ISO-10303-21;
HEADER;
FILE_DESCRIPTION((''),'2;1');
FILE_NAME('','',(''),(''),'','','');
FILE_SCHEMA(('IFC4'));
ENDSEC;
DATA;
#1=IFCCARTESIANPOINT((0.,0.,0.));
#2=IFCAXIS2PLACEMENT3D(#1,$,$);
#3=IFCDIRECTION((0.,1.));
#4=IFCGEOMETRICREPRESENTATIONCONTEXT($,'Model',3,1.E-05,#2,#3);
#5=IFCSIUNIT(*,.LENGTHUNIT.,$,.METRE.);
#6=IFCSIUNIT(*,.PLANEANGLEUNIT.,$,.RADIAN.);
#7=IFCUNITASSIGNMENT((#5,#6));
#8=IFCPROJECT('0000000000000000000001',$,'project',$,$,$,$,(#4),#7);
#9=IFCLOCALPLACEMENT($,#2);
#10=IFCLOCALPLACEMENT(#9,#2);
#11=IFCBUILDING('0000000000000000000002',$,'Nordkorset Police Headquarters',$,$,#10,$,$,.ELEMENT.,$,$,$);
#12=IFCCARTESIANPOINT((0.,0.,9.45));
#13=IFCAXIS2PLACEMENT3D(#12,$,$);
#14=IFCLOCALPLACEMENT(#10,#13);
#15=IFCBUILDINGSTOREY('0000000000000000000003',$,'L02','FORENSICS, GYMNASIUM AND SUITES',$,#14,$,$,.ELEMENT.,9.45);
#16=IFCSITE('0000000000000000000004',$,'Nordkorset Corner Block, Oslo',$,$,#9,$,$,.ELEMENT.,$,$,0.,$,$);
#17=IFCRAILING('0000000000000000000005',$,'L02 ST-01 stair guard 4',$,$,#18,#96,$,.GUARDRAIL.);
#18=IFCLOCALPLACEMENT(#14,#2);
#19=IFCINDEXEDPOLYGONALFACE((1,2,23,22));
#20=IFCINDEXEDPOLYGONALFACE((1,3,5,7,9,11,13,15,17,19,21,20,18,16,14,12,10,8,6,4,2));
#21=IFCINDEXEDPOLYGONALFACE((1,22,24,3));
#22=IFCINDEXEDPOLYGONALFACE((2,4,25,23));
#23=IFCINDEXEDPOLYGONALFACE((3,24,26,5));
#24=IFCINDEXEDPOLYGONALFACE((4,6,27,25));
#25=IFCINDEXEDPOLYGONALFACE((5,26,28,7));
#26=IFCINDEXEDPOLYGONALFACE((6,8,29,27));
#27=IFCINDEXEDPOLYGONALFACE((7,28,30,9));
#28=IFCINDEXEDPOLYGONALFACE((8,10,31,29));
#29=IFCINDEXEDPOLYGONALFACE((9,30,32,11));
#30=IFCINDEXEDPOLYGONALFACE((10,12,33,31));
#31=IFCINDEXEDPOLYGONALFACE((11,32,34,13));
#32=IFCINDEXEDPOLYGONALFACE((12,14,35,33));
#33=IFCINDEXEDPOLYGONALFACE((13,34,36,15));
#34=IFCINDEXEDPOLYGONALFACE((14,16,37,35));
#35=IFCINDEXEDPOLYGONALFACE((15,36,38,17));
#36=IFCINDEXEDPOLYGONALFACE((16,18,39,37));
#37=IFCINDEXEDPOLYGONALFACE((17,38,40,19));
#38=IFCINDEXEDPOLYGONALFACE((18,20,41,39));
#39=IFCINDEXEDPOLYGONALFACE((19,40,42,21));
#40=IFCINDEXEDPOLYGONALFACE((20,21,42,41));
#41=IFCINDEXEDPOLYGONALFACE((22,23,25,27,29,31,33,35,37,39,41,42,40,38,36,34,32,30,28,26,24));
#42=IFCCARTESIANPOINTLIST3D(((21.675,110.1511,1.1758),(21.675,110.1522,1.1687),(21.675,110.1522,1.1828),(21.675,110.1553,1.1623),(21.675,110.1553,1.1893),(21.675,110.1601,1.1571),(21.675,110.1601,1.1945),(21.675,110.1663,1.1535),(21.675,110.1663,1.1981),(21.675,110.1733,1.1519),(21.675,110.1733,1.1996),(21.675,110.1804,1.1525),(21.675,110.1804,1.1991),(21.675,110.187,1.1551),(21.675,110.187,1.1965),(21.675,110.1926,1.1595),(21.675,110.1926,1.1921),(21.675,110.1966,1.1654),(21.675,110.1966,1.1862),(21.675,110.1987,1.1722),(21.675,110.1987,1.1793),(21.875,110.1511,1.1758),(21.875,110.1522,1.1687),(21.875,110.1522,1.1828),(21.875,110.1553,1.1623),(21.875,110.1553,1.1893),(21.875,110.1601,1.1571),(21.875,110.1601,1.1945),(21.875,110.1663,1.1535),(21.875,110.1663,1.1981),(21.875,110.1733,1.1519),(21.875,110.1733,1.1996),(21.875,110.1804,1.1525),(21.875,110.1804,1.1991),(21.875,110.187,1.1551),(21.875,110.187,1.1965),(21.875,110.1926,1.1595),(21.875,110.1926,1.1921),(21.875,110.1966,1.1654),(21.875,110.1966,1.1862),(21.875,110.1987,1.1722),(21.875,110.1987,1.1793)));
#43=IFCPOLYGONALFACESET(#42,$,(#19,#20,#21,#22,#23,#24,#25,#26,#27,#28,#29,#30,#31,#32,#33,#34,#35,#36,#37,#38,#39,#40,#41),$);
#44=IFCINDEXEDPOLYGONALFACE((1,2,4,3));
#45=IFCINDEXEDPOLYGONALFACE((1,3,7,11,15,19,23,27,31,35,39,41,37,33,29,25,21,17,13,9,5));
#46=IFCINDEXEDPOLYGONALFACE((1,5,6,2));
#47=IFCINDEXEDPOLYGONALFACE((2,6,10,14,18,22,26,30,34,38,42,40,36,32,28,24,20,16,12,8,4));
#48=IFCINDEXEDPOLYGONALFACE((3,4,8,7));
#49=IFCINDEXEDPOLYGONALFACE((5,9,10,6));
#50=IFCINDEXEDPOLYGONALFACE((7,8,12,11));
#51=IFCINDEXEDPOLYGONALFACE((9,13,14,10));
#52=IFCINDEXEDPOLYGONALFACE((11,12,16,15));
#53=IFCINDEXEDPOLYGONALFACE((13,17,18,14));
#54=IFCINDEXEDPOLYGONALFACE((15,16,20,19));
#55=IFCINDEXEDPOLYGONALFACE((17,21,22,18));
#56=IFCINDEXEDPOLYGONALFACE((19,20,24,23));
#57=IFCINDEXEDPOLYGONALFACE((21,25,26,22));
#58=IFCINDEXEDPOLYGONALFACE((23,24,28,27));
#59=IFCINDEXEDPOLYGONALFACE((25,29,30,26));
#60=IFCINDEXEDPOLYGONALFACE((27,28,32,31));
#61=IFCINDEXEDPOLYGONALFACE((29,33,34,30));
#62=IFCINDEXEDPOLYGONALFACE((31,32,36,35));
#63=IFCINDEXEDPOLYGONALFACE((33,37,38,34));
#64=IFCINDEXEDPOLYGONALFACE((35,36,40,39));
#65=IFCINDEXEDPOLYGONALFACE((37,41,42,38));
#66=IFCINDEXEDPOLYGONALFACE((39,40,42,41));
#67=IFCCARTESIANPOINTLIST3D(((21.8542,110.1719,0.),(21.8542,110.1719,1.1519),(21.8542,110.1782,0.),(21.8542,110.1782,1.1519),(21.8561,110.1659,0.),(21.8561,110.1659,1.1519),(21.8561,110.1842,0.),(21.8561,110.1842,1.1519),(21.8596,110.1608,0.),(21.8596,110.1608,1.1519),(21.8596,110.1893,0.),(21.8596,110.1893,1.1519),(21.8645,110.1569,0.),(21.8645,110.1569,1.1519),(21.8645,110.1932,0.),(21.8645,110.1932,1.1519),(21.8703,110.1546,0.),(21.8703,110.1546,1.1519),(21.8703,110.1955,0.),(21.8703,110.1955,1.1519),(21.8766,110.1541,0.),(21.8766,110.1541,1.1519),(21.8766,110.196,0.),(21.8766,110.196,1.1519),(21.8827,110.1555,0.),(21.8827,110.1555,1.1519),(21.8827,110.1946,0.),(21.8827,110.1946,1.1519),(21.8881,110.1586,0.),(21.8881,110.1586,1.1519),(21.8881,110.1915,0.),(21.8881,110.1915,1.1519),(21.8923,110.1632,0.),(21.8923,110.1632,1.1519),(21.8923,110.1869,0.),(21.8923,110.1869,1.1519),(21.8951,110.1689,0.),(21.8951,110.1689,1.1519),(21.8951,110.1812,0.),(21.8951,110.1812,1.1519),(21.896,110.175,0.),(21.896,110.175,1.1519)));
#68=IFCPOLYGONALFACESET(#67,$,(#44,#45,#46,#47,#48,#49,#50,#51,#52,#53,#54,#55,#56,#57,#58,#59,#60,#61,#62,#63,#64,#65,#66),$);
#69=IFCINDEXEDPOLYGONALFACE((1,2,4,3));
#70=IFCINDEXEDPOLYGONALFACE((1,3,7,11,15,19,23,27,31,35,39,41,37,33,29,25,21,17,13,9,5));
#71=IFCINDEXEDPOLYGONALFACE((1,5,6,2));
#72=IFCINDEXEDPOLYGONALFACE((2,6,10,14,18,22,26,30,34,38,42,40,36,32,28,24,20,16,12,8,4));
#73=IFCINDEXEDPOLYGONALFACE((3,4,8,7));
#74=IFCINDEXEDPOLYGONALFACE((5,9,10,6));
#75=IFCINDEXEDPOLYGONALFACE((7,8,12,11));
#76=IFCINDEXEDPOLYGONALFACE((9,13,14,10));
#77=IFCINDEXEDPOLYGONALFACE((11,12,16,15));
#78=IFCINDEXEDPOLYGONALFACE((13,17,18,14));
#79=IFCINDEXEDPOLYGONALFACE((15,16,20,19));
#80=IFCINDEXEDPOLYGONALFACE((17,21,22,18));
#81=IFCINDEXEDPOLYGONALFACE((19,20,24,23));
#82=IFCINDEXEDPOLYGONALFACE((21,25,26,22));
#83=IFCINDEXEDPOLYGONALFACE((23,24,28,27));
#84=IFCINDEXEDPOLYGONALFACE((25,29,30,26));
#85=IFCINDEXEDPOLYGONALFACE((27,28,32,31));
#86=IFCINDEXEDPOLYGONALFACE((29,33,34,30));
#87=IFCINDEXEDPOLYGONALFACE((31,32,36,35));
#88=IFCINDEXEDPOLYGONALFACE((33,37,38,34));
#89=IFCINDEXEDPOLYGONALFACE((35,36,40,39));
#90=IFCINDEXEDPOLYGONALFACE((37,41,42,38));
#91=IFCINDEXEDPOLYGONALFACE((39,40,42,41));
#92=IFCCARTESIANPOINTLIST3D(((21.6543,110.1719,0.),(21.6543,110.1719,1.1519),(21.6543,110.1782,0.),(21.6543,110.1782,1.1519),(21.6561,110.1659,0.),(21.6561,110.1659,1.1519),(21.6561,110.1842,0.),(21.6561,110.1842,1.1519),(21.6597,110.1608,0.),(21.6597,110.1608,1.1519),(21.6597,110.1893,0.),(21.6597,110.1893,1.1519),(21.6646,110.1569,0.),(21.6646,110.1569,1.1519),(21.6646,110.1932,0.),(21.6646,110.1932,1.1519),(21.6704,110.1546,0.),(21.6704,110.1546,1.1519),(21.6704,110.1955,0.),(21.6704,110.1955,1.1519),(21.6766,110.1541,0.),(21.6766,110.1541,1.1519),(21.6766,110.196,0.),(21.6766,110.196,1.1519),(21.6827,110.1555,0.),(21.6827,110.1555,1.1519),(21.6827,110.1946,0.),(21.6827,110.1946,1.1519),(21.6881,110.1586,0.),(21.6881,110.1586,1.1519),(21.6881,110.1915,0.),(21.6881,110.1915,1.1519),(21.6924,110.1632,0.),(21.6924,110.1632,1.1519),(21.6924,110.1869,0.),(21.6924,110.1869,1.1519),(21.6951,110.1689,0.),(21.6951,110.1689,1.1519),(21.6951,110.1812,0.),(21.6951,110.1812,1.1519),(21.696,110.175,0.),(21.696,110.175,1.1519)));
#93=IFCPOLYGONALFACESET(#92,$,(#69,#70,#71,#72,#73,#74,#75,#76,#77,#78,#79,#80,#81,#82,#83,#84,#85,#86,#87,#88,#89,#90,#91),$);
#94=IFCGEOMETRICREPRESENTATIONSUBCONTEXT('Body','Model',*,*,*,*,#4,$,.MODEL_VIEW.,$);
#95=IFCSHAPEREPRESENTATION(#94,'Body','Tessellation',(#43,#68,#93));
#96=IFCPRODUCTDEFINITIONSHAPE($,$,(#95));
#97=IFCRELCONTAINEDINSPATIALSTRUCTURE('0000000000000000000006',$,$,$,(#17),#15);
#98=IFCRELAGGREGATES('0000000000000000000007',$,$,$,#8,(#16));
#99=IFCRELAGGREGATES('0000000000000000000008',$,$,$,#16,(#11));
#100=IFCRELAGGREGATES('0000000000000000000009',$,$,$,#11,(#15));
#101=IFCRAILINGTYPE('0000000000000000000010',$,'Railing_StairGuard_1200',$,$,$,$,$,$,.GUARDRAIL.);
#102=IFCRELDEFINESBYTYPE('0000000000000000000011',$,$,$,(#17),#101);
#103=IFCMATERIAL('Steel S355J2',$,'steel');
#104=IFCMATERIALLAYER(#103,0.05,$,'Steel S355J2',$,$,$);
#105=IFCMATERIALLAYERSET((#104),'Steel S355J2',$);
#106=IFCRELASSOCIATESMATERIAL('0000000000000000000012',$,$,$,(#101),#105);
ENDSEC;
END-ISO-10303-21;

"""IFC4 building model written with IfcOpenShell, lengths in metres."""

from ifc_helpers import new_model, si_unit, direction, frame, origin, origin_2d, place, context, subcontext, project, spatial, circle, extrude, material, layer, layer_set, type_object, element, save


model = new_model("IFC4")

# Units and contexts
model_context = context("Model", 3, precision=1e-05, world=origin(), true_north=direction((0.0, 1.0)))
body_context = subcontext(model_context, "Body", "Model", "MODEL_VIEW")
ifc_project = project(units=[si_unit("LENGTHUNIT", "METRE"), si_unit("PLANEANGLEUNIT", "RADIAN")], contexts=[model_context])

# Site, building, storey
site_placement = place(None, origin())
site = spatial("IfcSite", under=ifc_project, at=site_placement, Name="Nordkorset Corner Block, Oslo", CompositionType="ELEMENT", RefElevation=0.0)
building_placement = place(site_placement, origin())
building = spatial("IfcBuilding", under=site, at=building_placement, Name="Nordkorset Police Headquarters", CompositionType="ELEMENT")
storey_placement = place(building_placement, frame((0.0, 0.0, 9.45)))
storey = spatial("IfcBuildingStorey", under=building, at=storey_placement, Name="L02", Description="FORENSICS, GYMNASIUM AND SUITES", CompositionType="ELEMENT", Elevation=9.45)

# Railing
ifc_material_1 = material(Name="Steel S355J2", Category="steel")
ifc_layer_1 = layer(ifc_material_1, 0.05, Name="Steel S355J2")
ifc_layer_set_1 = layer_set([ifc_layer_1], Name="Steel S355J2")
railing_type = type_object("IfcRailingType", Name="Railing_StairGuard_1200", PredefinedType="GUARDRAIL", material=ifc_layer_set_1)
railing_1_placement = place(storey_placement, frame((21.875, 110.175, 0.0)))
element("IfcRailing", 1, at=railing_1_placement, inside=storey, type_object=railing_type, Name="L02 ST-01 stair guard 4", PredefinedType="GUARDRAIL", context=body_context, shape_type="SweptSolid", body=[
    extrude(circle(Radius=0.0239, at=origin_2d()), frame((0.0, 0.0, 1.1758), z_axis=(-1.0, 0.0, 0.0), x_axis=(0.0, -1.0, 0.0)), (0.0, 0.0, 1.0), 0.2),
    extrude(circle(Radius=0.021, at=origin_2d()), origin(), (0.0, 0.0, 1.0), 1.1519),
    extrude(circle(Radius=0.021, at=origin_2d()), frame((-0.2, 0.0, 0.0)), (0.0, 0.0, 1.0), 1.1519),
])

save(model, "model.ifc")
